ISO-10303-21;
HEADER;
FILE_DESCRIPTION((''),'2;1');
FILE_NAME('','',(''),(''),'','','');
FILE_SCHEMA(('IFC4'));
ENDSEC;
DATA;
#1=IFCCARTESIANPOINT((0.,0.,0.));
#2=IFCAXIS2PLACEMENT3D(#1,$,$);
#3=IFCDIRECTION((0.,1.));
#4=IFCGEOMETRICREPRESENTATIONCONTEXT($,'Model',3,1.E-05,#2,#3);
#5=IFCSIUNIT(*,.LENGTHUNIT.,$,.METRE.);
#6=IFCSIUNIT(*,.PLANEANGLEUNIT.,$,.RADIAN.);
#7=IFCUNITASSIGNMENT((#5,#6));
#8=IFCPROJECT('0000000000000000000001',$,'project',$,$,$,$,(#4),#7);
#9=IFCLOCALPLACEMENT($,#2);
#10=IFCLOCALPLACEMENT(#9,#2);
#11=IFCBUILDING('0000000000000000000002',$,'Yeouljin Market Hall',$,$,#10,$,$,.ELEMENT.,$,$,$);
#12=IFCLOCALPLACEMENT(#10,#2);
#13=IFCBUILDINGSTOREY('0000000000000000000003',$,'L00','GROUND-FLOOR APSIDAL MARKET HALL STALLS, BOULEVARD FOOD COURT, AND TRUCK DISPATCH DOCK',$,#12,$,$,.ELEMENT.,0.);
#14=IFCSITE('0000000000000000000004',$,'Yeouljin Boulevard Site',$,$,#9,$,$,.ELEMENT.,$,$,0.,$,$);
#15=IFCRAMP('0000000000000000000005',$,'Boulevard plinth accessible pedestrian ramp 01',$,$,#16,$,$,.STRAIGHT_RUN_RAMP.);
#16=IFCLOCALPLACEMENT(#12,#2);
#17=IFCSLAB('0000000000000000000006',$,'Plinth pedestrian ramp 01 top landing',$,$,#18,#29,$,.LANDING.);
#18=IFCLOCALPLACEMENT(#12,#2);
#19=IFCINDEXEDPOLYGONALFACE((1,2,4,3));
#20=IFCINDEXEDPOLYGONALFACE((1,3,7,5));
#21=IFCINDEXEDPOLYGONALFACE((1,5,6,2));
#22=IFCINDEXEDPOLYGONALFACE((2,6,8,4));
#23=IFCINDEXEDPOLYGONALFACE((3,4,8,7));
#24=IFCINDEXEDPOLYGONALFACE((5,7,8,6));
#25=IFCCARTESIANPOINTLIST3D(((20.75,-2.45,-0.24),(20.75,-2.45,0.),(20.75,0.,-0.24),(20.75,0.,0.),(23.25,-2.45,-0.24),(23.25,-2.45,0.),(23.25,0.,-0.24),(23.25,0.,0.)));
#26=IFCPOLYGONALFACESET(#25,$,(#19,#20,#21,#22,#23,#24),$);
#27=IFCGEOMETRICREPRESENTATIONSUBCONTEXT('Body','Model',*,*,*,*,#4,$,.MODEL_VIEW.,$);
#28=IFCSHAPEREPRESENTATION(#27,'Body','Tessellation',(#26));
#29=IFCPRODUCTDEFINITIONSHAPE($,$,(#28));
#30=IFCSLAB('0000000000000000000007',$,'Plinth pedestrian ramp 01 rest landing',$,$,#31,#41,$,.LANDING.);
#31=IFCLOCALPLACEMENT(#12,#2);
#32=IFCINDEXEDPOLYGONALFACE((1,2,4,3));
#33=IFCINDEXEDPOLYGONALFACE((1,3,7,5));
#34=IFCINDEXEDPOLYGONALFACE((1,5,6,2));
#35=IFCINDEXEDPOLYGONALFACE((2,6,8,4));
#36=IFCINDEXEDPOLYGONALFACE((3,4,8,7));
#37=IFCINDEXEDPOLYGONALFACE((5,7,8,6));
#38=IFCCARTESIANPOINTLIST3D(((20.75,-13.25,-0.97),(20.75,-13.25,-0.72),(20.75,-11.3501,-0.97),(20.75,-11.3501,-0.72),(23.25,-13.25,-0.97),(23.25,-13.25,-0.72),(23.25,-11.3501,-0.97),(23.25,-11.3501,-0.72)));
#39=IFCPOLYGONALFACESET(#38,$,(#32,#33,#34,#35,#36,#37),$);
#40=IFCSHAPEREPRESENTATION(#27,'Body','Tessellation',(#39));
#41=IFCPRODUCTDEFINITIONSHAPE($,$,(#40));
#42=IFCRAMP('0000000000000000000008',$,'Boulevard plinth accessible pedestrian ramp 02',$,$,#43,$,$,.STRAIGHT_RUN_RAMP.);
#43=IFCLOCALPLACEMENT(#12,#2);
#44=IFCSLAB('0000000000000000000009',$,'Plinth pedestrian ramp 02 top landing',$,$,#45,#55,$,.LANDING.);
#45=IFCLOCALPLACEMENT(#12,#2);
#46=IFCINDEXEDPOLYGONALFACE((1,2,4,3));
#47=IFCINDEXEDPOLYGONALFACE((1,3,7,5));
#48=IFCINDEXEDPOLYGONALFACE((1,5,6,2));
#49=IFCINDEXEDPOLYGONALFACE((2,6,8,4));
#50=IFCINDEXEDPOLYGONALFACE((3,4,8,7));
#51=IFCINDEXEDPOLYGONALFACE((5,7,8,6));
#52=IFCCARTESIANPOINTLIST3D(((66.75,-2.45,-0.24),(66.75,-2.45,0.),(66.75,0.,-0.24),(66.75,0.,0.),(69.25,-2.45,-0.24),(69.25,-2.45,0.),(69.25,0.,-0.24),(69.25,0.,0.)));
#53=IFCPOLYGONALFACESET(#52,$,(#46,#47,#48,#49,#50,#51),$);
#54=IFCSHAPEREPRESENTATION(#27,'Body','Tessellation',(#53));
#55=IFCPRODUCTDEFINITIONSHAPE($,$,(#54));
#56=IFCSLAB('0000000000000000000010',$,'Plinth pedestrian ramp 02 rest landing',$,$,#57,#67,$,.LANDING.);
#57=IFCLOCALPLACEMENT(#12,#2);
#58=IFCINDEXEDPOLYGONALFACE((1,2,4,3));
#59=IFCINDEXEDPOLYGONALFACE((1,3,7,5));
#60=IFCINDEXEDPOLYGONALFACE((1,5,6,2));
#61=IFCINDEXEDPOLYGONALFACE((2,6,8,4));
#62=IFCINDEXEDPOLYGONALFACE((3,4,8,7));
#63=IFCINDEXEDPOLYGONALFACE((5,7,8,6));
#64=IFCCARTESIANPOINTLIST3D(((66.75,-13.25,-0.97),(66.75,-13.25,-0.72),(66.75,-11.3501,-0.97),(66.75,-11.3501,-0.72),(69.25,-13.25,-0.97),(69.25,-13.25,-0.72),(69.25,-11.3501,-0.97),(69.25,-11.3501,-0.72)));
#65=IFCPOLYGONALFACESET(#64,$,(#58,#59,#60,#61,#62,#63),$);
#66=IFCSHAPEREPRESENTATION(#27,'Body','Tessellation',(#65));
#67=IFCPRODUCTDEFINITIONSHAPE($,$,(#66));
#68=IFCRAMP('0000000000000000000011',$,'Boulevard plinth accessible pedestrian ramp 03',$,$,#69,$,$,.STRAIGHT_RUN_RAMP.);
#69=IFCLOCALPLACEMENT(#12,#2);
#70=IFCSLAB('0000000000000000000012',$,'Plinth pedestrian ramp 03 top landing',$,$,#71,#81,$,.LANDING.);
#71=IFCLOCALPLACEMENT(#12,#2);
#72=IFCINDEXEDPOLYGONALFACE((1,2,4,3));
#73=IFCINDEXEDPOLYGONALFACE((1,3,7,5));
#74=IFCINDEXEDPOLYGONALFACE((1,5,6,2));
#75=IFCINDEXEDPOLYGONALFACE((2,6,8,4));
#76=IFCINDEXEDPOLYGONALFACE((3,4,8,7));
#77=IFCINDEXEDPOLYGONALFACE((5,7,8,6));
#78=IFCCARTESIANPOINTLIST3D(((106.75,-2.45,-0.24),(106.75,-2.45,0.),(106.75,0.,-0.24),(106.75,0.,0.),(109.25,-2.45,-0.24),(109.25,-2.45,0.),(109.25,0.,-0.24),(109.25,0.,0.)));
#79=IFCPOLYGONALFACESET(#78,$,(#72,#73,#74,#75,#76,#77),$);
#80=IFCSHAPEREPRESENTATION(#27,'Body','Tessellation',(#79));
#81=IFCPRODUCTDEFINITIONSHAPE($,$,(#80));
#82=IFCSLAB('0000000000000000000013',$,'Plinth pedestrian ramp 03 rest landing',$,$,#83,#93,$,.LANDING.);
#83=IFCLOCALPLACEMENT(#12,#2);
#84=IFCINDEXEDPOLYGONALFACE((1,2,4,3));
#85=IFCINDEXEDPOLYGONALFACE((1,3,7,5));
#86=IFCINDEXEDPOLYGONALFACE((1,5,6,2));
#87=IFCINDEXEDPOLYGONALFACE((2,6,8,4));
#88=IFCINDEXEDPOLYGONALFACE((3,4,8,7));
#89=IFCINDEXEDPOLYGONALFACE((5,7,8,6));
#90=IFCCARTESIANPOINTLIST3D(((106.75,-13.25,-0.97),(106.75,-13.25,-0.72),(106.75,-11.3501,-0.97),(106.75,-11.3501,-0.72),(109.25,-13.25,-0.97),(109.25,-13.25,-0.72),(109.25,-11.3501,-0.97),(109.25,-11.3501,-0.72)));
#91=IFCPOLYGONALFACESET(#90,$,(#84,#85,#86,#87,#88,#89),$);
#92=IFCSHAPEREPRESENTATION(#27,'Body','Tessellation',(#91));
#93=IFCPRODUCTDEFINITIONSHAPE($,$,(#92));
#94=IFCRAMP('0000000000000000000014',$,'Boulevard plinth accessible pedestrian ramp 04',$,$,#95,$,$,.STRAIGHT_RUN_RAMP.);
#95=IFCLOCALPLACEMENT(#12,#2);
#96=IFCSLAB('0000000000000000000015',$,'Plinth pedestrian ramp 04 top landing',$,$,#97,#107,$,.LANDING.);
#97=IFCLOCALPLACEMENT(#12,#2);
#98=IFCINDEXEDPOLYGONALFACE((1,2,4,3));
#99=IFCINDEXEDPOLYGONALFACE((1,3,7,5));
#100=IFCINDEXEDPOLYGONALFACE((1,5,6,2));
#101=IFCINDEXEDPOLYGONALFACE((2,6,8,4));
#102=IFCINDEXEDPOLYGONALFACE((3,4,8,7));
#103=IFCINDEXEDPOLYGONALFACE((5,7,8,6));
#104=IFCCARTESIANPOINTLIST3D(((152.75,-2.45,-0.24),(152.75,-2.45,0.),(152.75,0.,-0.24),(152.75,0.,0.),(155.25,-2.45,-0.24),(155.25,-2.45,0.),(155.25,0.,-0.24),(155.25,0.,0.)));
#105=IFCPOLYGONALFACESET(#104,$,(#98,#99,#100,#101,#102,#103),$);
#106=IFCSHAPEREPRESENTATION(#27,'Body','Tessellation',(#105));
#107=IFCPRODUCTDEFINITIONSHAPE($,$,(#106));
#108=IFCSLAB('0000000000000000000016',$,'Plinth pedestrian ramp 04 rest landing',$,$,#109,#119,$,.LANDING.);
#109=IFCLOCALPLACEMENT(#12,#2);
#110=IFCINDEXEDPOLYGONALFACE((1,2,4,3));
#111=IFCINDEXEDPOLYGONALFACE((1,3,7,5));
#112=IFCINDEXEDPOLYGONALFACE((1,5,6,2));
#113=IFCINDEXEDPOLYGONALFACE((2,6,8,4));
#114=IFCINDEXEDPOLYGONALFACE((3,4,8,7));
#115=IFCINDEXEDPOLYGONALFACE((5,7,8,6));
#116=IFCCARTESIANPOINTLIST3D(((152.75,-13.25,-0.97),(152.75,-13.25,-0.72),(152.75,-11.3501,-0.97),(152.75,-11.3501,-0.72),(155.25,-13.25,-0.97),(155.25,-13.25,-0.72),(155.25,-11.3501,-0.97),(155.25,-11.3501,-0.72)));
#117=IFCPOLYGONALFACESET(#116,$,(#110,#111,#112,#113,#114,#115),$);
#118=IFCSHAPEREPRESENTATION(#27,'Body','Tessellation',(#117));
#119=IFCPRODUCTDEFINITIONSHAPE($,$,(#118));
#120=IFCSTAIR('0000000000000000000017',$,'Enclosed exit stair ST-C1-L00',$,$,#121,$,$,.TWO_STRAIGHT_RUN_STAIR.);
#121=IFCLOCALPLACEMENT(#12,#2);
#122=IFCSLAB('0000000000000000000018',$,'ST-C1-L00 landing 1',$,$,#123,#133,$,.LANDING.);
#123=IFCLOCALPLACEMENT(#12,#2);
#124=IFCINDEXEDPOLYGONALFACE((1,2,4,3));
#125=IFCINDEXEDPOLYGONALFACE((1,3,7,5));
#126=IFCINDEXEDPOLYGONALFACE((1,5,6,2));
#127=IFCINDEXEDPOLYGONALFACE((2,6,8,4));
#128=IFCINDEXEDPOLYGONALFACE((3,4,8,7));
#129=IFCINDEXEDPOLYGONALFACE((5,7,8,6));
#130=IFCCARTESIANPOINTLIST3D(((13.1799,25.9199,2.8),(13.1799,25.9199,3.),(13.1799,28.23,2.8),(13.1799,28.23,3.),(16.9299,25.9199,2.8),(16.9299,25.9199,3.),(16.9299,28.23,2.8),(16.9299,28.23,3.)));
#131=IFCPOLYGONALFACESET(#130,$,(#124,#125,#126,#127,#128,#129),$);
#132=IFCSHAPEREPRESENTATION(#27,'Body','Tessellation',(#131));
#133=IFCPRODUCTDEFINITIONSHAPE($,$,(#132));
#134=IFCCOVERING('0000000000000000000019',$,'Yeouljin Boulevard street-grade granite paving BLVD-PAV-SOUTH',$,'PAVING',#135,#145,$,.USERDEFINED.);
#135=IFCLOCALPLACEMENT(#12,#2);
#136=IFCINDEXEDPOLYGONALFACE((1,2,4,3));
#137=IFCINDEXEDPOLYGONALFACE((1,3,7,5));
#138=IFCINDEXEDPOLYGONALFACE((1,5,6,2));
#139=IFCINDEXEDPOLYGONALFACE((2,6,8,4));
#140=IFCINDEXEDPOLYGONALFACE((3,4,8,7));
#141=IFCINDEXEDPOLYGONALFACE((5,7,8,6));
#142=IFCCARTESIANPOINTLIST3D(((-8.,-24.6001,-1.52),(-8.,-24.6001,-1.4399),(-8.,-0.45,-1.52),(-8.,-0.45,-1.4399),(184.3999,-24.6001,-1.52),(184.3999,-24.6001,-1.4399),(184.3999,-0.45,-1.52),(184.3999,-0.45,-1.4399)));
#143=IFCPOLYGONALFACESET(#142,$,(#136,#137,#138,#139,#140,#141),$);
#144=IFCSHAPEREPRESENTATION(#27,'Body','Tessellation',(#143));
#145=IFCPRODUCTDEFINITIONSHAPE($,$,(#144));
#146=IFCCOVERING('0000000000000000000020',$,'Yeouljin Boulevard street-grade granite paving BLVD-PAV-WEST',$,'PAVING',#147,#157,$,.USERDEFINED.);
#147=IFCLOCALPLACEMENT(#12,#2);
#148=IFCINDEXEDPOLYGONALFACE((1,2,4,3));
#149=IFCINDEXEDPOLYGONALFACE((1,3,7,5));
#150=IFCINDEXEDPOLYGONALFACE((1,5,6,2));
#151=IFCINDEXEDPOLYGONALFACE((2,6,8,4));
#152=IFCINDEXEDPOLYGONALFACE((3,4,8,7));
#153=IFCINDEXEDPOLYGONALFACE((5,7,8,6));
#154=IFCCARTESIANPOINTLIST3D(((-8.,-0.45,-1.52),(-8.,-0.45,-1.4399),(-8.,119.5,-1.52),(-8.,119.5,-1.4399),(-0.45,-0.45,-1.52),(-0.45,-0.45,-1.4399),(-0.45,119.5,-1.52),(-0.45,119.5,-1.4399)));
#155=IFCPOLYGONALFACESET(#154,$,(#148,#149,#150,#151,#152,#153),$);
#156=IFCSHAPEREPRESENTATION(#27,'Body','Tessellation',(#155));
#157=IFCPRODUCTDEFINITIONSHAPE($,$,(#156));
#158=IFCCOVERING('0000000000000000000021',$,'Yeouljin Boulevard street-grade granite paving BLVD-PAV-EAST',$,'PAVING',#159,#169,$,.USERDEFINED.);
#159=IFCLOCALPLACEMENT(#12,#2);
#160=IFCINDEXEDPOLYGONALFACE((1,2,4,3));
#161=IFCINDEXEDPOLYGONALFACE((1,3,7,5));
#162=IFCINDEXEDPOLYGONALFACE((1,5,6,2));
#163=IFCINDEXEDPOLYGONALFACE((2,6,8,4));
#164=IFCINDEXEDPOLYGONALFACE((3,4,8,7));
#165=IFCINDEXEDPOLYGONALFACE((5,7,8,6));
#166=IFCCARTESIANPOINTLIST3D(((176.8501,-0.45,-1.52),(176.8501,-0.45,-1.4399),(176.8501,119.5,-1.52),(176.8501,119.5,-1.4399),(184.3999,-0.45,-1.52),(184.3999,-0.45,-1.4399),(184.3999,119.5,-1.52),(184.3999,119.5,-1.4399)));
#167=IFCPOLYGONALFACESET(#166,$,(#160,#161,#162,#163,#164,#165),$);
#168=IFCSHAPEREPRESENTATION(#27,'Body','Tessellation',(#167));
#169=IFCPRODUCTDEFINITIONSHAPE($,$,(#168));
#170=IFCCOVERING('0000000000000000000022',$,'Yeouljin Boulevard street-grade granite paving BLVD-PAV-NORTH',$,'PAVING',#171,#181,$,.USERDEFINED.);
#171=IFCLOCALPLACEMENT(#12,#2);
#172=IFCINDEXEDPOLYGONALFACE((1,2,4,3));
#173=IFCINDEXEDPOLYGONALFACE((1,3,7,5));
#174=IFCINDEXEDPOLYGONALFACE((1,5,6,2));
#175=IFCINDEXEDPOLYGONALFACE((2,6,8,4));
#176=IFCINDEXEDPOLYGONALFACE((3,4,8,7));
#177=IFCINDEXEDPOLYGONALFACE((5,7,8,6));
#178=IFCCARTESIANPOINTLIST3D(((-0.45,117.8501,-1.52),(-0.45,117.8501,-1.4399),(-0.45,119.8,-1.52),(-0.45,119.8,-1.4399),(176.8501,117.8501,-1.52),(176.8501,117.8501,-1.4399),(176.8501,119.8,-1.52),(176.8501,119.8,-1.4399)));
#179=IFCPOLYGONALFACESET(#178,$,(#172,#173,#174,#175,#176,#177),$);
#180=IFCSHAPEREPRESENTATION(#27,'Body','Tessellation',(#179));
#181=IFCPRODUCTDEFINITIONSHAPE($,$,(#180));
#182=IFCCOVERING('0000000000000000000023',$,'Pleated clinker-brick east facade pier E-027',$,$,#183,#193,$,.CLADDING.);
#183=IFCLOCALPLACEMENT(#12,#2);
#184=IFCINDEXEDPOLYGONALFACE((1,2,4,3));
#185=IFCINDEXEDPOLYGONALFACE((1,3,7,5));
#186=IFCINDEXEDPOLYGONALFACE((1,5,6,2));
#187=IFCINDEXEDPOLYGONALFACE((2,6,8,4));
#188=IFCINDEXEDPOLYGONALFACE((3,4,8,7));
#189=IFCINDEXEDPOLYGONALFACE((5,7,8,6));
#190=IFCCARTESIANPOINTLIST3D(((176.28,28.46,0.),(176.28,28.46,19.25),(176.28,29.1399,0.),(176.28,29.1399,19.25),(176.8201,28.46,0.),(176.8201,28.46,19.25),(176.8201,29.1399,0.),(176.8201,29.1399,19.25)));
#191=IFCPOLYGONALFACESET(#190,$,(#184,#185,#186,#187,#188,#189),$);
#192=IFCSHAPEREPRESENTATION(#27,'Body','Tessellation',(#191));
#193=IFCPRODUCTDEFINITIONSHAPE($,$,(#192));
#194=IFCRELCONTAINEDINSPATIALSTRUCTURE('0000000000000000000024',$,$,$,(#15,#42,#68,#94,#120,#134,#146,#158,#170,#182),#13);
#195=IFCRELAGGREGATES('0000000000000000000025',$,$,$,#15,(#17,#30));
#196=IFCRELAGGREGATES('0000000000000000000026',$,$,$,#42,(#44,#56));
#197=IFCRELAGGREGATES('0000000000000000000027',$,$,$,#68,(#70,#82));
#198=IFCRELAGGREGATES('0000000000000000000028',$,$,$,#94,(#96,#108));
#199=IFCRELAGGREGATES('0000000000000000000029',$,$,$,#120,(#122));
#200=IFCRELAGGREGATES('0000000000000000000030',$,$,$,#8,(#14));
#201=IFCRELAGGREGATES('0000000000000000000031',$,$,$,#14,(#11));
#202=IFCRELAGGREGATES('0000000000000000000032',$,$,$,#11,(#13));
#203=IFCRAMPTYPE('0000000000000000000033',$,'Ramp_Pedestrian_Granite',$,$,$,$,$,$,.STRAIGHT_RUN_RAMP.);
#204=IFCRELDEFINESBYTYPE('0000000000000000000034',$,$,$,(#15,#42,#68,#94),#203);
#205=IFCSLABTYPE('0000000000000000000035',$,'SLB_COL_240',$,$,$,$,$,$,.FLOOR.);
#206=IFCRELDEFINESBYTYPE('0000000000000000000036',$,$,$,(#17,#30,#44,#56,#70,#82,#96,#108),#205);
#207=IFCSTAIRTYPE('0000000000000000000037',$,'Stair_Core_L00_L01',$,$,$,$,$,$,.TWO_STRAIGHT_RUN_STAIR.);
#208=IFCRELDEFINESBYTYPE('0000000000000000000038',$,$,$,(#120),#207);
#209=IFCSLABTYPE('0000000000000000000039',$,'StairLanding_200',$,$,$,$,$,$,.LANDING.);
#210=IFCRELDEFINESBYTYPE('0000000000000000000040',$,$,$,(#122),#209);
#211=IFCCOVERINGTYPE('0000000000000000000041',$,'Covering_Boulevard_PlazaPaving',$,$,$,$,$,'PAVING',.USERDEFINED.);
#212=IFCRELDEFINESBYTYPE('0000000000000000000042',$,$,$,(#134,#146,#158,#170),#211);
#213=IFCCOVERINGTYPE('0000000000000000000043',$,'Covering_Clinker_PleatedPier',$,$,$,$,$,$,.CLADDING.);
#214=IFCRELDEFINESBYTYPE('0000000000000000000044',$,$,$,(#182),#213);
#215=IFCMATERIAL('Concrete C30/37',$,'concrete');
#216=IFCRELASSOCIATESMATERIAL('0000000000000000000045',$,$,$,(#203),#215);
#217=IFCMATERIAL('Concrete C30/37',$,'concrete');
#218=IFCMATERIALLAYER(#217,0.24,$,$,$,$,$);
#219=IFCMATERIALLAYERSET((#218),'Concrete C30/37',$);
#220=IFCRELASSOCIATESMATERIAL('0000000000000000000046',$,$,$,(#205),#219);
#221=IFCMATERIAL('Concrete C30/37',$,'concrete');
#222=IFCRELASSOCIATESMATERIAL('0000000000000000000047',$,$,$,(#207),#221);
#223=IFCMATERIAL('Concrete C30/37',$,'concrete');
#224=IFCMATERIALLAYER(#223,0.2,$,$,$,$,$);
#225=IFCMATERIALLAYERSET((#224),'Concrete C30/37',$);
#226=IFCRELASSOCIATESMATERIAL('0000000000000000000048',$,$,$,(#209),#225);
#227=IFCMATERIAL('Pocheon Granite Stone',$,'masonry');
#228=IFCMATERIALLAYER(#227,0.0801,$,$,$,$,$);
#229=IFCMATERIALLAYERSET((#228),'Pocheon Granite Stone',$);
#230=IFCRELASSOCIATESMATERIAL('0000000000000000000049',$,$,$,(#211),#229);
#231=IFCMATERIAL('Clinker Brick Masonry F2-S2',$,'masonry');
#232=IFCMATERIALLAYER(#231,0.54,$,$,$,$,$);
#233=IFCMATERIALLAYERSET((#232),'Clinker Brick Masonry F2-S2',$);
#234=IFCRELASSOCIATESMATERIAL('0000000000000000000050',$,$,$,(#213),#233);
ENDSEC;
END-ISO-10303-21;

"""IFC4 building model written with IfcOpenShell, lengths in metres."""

from ifc_helpers import new_model, si_unit, direction, frame, origin, place, context, subcontext, project, spatial, polyline, outline, extrude, material, layer, layer_set, type_object, element, aggregate, save


model = new_model("IFC4")

# Units and contexts
model_context = context("Model", 3, precision=1e-05, world=origin(), true_north=direction((0.0, 1.0)))
body_context = subcontext(model_context, "Body", "Model", "MODEL_VIEW")
ifc_project = project(units=[si_unit("LENGTHUNIT", "METRE"), si_unit("PLANEANGLEUNIT", "RADIAN")], contexts=[model_context])

# Site, building, storey
site_placement = place(None, origin())
site = spatial("IfcSite", under=ifc_project, at=site_placement, Name="Yeouljin Boulevard Site", CompositionType="ELEMENT", RefElevation=0.0)
building_placement = place(site_placement, origin())
building = spatial("IfcBuilding", under=site, at=building_placement, Name="Yeouljin Market Hall", CompositionType="ELEMENT")
storey_placement = place(building_placement, origin())
storey = spatial("IfcBuildingStorey", under=building, at=storey_placement, Name="L00", Description="GROUND-FLOOR APSIDAL MARKET HALL STALLS, BOULEVARD FOOD COURT, AND TRUCK DISPATCH DOCK", CompositionType="ELEMENT", Elevation=0.0)

# Ramps, slabs
ifc_material_1 = material(Name="Concrete C30/37", Category="concrete")
ramp_type = type_object("IfcRampType", Name="Ramp_Pedestrian_Granite", PredefinedType="STRAIGHT_RUN_RAMP", material=ifc_material_1)
ramp_1_placement = place(storey_placement, origin())
ramp_1 = element("IfcRamp", 1, at=ramp_1_placement, inside=storey, type_object=ramp_type, Name="Boulevard plinth accessible pedestrian ramp 01", PredefinedType="STRAIGHT_RUN_RAMP")
ifc_material_2 = material(Name="Concrete C30/37", Category="concrete")
ifc_layer_1 = layer(ifc_material_2, 0.24)
ifc_layer_set_1 = layer_set([ifc_layer_1], Name="Concrete C30/37")
slab_type_1 = type_object("IfcSlabType", Name="SLB_COL_240", PredefinedType="FLOOR", material=ifc_layer_set_1)
slab_1_placement = place(storey_placement, frame((0.0, 0.0, -0.24)))
slab_1 = element("IfcSlab", 2, at=slab_1_placement, type_object=slab_type_1, Name="Plinth pedestrian ramp 01 top landing", PredefinedType="LANDING", context=body_context, shape_type="SweptSolid", body=[
    extrude(outline(polyline([(20.75, -2.45), (23.25, -2.45), (23.25, 0.0), (20.75, 0.0), (20.75, -2.45)])), origin(), (0.0, 0.0, 1.0), 0.24),
])
slab_2_placement = place(storey_placement, frame((0.0, 0.0, -0.97)))
slab_2 = element("IfcSlab", 3, at=slab_2_placement, type_object=slab_type_1, Name="Plinth pedestrian ramp 01 rest landing", PredefinedType="LANDING", context=body_context, shape_type="SweptSolid", body=[
    extrude(outline(polyline([(20.75, -13.25), (23.25, -13.25), (23.25, -11.3501), (20.75, -11.3501), (20.75, -13.25)])), origin(), (0.0, 0.0, 1.0), 0.25),
])
aggregate(ramp_1, [slab_1, slab_2])
ramp_2_placement = place(storey_placement, origin())
ramp_2 = element("IfcRamp", 4, at=ramp_2_placement, inside=storey, type_object=ramp_type, Name="Boulevard plinth accessible pedestrian ramp 02", PredefinedType="STRAIGHT_RUN_RAMP")
slab_3_placement = place(storey_placement, frame((0.0, 0.0, -0.24)))
slab_3 = element("IfcSlab", 5, at=slab_3_placement, type_object=slab_type_1, Name="Plinth pedestrian ramp 02 top landing", PredefinedType="LANDING", context=body_context, shape_type="SweptSolid", body=[
    extrude(outline(polyline([(66.75, -2.45), (69.25, -2.45), (69.25, 0.0), (66.75, 0.0), (66.75, -2.45)])), origin(), (0.0, 0.0, 1.0), 0.24),
])
slab_4_placement = place(storey_placement, frame((0.0, 0.0, -0.97)))
slab_4 = element("IfcSlab", 6, at=slab_4_placement, type_object=slab_type_1, Name="Plinth pedestrian ramp 02 rest landing", PredefinedType="LANDING", context=body_context, shape_type="SweptSolid", body=[
    extrude(outline(polyline([(66.75, -13.25), (69.25, -13.25), (69.25, -11.3501), (66.75, -11.3501), (66.75, -13.25)])), origin(), (0.0, 0.0, 1.0), 0.25),
])
aggregate(ramp_2, [slab_3, slab_4])
ramp_3_placement = place(storey_placement, origin())
ramp_3 = element("IfcRamp", 7, at=ramp_3_placement, inside=storey, type_object=ramp_type, Name="Boulevard plinth accessible pedestrian ramp 03", PredefinedType="STRAIGHT_RUN_RAMP")
slab_5_placement = place(storey_placement, frame((0.0, 0.0, -0.24)))
slab_5 = element("IfcSlab", 8, at=slab_5_placement, type_object=slab_type_1, Name="Plinth pedestrian ramp 03 top landing", PredefinedType="LANDING", context=body_context, shape_type="SweptSolid", body=[
    extrude(outline(polyline([(106.75, -2.45), (109.25, -2.45), (109.25, 0.0), (106.75, 0.0), (106.75, -2.45)])), origin(), (0.0, 0.0, 1.0), 0.24),
])
slab_6_placement = place(storey_placement, frame((0.0, 0.0, -0.97)))
slab_6 = element("IfcSlab", 9, at=slab_6_placement, type_object=slab_type_1, Name="Plinth pedestrian ramp 03 rest landing", PredefinedType="LANDING", context=body_context, shape_type="SweptSolid", body=[
    extrude(outline(polyline([(106.75, -13.25), (109.25, -13.25), (109.25, -11.3501), (106.75, -11.3501), (106.75, -13.25)])), origin(), (0.0, 0.0, 1.0), 0.25),
])
aggregate(ramp_3, [slab_5, slab_6])
ramp_4_placement = place(storey_placement, origin())
ramp_4 = element("IfcRamp", 10, at=ramp_4_placement, inside=storey, type_object=ramp_type, Name="Boulevard plinth accessible pedestrian ramp 04", PredefinedType="STRAIGHT_RUN_RAMP")
slab_7_placement = place(storey_placement, frame((0.0, 0.0, -0.24)))
slab_7 = element("IfcSlab", 11, at=slab_7_placement, type_object=slab_type_1, Name="Plinth pedestrian ramp 04 top landing", PredefinedType="LANDING", context=body_context, shape_type="SweptSolid", body=[
    extrude(outline(polyline([(152.75, -2.45), (155.25, -2.45), (155.25, 0.0), (152.75, 0.0), (152.75, -2.45)])), origin(), (0.0, 0.0, 1.0), 0.24),
])
slab_8_placement = place(storey_placement, frame((0.0, 0.0, -0.97)))
slab_8 = element("IfcSlab", 12, at=slab_8_placement, type_object=slab_type_1, Name="Plinth pedestrian ramp 04 rest landing", PredefinedType="LANDING", context=body_context, shape_type="SweptSolid", body=[
    extrude(outline(polyline([(152.75, -13.25), (155.25, -13.25), (155.25, -11.3501), (152.75, -11.3501), (152.75, -13.25)])), origin(), (0.0, 0.0, 1.0), 0.25),
])
aggregate(ramp_4, [slab_7, slab_8])

# Stair, slab
ifc_material_3 = material(Name="Concrete C30/37", Category="concrete")
stair_type = type_object("IfcStairType", Name="Stair_Core_L00_L01", PredefinedType="TWO_STRAIGHT_RUN_STAIR", material=ifc_material_3)
stair_placement = place(storey_placement, origin())
stair = element("IfcStair", 13, at=stair_placement, inside=storey, type_object=stair_type, Name="Enclosed exit stair ST-C1-L00", PredefinedType="TWO_STRAIGHT_RUN_STAIR")
ifc_material_4 = material(Name="Concrete C30/37", Category="concrete")
ifc_layer_2 = layer(ifc_material_4, 0.2)
ifc_layer_set_2 = layer_set([ifc_layer_2], Name="Concrete C30/37")
slab_type_2 = type_object("IfcSlabType", Name="StairLanding_200", PredefinedType="LANDING", material=ifc_layer_set_2)
slab_9_placement = place(storey_placement, frame((0.0, 0.0, 2.8)))
slab_9 = element("IfcSlab", 14, at=slab_9_placement, type_object=slab_type_2, Name="ST-C1-L00 landing 1", PredefinedType="LANDING", context=body_context, shape_type="SweptSolid", body=[
    extrude(outline(polyline([(13.1799, 25.9199), (16.9299, 25.9199), (16.9299, 28.23), (13.1799, 28.23), (13.1799, 25.9199)])), origin(), (0.0, 0.0, 1.0), 0.2),
])
aggregate(stair, [slab_9])

# Coverings
ifc_material_5 = material(Name="Pocheon Granite Stone", Category="masonry")
ifc_layer_3 = layer(ifc_material_5, 0.0801)
ifc_layer_set_3 = layer_set([ifc_layer_3], Name="Pocheon Granite Stone")
covering_type_1 = type_object("IfcCoveringType", Name="Covering_Boulevard_PlazaPaving", ElementType="PAVING", PredefinedType="USERDEFINED", material=ifc_layer_set_3)
covering_1_placement = place(storey_placement, frame((0.0, 0.0, -1.52)))
element("IfcCovering", 15, at=covering_1_placement, inside=storey, type_object=covering_type_1, Name="Yeouljin Boulevard street-grade granite paving BLVD-PAV-SOUTH", ObjectType="PAVING", PredefinedType="USERDEFINED", context=body_context, shape_type="SweptSolid", body=[
    extrude(outline(polyline([(-8.0, -24.6001), (184.3999, -24.6001), (184.3999, -0.45), (-8.0, -0.45), (-8.0, -24.6001)])), origin(), (0.0, 0.0, 1.0), 0.0801),
])
covering_2_placement = place(storey_placement, frame((0.0, 0.0, -1.52)))
element("IfcCovering", 16, at=covering_2_placement, inside=storey, type_object=covering_type_1, Name="Yeouljin Boulevard street-grade granite paving BLVD-PAV-WEST", ObjectType="PAVING", PredefinedType="USERDEFINED", context=body_context, shape_type="SweptSolid", body=[
    extrude(outline(polyline([(-8.0, -0.45), (-0.45, -0.45), (-0.45, 119.5), (-8.0, 119.5), (-8.0, -0.45)])), origin(), (0.0, 0.0, 1.0), 0.0801),
])
covering_3_placement = place(storey_placement, frame((0.0, 0.0, -1.52)))
element("IfcCovering", 17, at=covering_3_placement, inside=storey, type_object=covering_type_1, Name="Yeouljin Boulevard street-grade granite paving BLVD-PAV-EAST", ObjectType="PAVING", PredefinedType="USERDEFINED", context=body_context, shape_type="SweptSolid", body=[
    extrude(outline(polyline([(176.8501, -0.45), (184.3999, -0.45), (184.3999, 119.5), (176.8501, 119.5), (176.8501, -0.45)])), origin(), (0.0, 0.0, 1.0), 0.0801),
])
covering_4_placement = place(storey_placement, frame((0.0, 0.0, -1.52)))
element("IfcCovering", 18, at=covering_4_placement, inside=storey, type_object=covering_type_1, Name="Yeouljin Boulevard street-grade granite paving BLVD-PAV-NORTH", ObjectType="PAVING", PredefinedType="USERDEFINED", context=body_context, shape_type="SweptSolid", body=[
    extrude(outline(polyline([(-0.45, 117.8501), (176.8501, 117.8501), (176.8501, 119.8), (-0.45, 119.8), (-0.45, 117.8501)])), origin(), (0.0, 0.0, 1.0), 0.0801),
])
ifc_material_6 = material(Name="Clinker Brick Masonry F2-S2", Category="masonry")
ifc_layer_4 = layer(ifc_material_6, 0.54)
ifc_layer_set_4 = layer_set([ifc_layer_4], Name="Clinker Brick Masonry F2-S2")
covering_type_2 = type_object("IfcCoveringType", Name="Covering_Clinker_PleatedPier", PredefinedType="CLADDING", material=ifc_layer_set_4)
covering_5_placement = place(storey_placement, origin())
element("IfcCovering", 19, at=covering_5_placement, inside=storey, type_object=covering_type_2, Name="Pleated clinker-brick east facade pier E-027", PredefinedType="CLADDING", context=body_context, shape_type="SweptSolid", body=[
    extrude(outline(polyline([(176.28, 28.46), (176.8201, 28.46), (176.8201, 29.1399), (176.28, 29.1399), (176.28, 28.46)])), origin(), (0.0, 0.0, 1.0), 19.25),
])

save(model, "model.ifc")
